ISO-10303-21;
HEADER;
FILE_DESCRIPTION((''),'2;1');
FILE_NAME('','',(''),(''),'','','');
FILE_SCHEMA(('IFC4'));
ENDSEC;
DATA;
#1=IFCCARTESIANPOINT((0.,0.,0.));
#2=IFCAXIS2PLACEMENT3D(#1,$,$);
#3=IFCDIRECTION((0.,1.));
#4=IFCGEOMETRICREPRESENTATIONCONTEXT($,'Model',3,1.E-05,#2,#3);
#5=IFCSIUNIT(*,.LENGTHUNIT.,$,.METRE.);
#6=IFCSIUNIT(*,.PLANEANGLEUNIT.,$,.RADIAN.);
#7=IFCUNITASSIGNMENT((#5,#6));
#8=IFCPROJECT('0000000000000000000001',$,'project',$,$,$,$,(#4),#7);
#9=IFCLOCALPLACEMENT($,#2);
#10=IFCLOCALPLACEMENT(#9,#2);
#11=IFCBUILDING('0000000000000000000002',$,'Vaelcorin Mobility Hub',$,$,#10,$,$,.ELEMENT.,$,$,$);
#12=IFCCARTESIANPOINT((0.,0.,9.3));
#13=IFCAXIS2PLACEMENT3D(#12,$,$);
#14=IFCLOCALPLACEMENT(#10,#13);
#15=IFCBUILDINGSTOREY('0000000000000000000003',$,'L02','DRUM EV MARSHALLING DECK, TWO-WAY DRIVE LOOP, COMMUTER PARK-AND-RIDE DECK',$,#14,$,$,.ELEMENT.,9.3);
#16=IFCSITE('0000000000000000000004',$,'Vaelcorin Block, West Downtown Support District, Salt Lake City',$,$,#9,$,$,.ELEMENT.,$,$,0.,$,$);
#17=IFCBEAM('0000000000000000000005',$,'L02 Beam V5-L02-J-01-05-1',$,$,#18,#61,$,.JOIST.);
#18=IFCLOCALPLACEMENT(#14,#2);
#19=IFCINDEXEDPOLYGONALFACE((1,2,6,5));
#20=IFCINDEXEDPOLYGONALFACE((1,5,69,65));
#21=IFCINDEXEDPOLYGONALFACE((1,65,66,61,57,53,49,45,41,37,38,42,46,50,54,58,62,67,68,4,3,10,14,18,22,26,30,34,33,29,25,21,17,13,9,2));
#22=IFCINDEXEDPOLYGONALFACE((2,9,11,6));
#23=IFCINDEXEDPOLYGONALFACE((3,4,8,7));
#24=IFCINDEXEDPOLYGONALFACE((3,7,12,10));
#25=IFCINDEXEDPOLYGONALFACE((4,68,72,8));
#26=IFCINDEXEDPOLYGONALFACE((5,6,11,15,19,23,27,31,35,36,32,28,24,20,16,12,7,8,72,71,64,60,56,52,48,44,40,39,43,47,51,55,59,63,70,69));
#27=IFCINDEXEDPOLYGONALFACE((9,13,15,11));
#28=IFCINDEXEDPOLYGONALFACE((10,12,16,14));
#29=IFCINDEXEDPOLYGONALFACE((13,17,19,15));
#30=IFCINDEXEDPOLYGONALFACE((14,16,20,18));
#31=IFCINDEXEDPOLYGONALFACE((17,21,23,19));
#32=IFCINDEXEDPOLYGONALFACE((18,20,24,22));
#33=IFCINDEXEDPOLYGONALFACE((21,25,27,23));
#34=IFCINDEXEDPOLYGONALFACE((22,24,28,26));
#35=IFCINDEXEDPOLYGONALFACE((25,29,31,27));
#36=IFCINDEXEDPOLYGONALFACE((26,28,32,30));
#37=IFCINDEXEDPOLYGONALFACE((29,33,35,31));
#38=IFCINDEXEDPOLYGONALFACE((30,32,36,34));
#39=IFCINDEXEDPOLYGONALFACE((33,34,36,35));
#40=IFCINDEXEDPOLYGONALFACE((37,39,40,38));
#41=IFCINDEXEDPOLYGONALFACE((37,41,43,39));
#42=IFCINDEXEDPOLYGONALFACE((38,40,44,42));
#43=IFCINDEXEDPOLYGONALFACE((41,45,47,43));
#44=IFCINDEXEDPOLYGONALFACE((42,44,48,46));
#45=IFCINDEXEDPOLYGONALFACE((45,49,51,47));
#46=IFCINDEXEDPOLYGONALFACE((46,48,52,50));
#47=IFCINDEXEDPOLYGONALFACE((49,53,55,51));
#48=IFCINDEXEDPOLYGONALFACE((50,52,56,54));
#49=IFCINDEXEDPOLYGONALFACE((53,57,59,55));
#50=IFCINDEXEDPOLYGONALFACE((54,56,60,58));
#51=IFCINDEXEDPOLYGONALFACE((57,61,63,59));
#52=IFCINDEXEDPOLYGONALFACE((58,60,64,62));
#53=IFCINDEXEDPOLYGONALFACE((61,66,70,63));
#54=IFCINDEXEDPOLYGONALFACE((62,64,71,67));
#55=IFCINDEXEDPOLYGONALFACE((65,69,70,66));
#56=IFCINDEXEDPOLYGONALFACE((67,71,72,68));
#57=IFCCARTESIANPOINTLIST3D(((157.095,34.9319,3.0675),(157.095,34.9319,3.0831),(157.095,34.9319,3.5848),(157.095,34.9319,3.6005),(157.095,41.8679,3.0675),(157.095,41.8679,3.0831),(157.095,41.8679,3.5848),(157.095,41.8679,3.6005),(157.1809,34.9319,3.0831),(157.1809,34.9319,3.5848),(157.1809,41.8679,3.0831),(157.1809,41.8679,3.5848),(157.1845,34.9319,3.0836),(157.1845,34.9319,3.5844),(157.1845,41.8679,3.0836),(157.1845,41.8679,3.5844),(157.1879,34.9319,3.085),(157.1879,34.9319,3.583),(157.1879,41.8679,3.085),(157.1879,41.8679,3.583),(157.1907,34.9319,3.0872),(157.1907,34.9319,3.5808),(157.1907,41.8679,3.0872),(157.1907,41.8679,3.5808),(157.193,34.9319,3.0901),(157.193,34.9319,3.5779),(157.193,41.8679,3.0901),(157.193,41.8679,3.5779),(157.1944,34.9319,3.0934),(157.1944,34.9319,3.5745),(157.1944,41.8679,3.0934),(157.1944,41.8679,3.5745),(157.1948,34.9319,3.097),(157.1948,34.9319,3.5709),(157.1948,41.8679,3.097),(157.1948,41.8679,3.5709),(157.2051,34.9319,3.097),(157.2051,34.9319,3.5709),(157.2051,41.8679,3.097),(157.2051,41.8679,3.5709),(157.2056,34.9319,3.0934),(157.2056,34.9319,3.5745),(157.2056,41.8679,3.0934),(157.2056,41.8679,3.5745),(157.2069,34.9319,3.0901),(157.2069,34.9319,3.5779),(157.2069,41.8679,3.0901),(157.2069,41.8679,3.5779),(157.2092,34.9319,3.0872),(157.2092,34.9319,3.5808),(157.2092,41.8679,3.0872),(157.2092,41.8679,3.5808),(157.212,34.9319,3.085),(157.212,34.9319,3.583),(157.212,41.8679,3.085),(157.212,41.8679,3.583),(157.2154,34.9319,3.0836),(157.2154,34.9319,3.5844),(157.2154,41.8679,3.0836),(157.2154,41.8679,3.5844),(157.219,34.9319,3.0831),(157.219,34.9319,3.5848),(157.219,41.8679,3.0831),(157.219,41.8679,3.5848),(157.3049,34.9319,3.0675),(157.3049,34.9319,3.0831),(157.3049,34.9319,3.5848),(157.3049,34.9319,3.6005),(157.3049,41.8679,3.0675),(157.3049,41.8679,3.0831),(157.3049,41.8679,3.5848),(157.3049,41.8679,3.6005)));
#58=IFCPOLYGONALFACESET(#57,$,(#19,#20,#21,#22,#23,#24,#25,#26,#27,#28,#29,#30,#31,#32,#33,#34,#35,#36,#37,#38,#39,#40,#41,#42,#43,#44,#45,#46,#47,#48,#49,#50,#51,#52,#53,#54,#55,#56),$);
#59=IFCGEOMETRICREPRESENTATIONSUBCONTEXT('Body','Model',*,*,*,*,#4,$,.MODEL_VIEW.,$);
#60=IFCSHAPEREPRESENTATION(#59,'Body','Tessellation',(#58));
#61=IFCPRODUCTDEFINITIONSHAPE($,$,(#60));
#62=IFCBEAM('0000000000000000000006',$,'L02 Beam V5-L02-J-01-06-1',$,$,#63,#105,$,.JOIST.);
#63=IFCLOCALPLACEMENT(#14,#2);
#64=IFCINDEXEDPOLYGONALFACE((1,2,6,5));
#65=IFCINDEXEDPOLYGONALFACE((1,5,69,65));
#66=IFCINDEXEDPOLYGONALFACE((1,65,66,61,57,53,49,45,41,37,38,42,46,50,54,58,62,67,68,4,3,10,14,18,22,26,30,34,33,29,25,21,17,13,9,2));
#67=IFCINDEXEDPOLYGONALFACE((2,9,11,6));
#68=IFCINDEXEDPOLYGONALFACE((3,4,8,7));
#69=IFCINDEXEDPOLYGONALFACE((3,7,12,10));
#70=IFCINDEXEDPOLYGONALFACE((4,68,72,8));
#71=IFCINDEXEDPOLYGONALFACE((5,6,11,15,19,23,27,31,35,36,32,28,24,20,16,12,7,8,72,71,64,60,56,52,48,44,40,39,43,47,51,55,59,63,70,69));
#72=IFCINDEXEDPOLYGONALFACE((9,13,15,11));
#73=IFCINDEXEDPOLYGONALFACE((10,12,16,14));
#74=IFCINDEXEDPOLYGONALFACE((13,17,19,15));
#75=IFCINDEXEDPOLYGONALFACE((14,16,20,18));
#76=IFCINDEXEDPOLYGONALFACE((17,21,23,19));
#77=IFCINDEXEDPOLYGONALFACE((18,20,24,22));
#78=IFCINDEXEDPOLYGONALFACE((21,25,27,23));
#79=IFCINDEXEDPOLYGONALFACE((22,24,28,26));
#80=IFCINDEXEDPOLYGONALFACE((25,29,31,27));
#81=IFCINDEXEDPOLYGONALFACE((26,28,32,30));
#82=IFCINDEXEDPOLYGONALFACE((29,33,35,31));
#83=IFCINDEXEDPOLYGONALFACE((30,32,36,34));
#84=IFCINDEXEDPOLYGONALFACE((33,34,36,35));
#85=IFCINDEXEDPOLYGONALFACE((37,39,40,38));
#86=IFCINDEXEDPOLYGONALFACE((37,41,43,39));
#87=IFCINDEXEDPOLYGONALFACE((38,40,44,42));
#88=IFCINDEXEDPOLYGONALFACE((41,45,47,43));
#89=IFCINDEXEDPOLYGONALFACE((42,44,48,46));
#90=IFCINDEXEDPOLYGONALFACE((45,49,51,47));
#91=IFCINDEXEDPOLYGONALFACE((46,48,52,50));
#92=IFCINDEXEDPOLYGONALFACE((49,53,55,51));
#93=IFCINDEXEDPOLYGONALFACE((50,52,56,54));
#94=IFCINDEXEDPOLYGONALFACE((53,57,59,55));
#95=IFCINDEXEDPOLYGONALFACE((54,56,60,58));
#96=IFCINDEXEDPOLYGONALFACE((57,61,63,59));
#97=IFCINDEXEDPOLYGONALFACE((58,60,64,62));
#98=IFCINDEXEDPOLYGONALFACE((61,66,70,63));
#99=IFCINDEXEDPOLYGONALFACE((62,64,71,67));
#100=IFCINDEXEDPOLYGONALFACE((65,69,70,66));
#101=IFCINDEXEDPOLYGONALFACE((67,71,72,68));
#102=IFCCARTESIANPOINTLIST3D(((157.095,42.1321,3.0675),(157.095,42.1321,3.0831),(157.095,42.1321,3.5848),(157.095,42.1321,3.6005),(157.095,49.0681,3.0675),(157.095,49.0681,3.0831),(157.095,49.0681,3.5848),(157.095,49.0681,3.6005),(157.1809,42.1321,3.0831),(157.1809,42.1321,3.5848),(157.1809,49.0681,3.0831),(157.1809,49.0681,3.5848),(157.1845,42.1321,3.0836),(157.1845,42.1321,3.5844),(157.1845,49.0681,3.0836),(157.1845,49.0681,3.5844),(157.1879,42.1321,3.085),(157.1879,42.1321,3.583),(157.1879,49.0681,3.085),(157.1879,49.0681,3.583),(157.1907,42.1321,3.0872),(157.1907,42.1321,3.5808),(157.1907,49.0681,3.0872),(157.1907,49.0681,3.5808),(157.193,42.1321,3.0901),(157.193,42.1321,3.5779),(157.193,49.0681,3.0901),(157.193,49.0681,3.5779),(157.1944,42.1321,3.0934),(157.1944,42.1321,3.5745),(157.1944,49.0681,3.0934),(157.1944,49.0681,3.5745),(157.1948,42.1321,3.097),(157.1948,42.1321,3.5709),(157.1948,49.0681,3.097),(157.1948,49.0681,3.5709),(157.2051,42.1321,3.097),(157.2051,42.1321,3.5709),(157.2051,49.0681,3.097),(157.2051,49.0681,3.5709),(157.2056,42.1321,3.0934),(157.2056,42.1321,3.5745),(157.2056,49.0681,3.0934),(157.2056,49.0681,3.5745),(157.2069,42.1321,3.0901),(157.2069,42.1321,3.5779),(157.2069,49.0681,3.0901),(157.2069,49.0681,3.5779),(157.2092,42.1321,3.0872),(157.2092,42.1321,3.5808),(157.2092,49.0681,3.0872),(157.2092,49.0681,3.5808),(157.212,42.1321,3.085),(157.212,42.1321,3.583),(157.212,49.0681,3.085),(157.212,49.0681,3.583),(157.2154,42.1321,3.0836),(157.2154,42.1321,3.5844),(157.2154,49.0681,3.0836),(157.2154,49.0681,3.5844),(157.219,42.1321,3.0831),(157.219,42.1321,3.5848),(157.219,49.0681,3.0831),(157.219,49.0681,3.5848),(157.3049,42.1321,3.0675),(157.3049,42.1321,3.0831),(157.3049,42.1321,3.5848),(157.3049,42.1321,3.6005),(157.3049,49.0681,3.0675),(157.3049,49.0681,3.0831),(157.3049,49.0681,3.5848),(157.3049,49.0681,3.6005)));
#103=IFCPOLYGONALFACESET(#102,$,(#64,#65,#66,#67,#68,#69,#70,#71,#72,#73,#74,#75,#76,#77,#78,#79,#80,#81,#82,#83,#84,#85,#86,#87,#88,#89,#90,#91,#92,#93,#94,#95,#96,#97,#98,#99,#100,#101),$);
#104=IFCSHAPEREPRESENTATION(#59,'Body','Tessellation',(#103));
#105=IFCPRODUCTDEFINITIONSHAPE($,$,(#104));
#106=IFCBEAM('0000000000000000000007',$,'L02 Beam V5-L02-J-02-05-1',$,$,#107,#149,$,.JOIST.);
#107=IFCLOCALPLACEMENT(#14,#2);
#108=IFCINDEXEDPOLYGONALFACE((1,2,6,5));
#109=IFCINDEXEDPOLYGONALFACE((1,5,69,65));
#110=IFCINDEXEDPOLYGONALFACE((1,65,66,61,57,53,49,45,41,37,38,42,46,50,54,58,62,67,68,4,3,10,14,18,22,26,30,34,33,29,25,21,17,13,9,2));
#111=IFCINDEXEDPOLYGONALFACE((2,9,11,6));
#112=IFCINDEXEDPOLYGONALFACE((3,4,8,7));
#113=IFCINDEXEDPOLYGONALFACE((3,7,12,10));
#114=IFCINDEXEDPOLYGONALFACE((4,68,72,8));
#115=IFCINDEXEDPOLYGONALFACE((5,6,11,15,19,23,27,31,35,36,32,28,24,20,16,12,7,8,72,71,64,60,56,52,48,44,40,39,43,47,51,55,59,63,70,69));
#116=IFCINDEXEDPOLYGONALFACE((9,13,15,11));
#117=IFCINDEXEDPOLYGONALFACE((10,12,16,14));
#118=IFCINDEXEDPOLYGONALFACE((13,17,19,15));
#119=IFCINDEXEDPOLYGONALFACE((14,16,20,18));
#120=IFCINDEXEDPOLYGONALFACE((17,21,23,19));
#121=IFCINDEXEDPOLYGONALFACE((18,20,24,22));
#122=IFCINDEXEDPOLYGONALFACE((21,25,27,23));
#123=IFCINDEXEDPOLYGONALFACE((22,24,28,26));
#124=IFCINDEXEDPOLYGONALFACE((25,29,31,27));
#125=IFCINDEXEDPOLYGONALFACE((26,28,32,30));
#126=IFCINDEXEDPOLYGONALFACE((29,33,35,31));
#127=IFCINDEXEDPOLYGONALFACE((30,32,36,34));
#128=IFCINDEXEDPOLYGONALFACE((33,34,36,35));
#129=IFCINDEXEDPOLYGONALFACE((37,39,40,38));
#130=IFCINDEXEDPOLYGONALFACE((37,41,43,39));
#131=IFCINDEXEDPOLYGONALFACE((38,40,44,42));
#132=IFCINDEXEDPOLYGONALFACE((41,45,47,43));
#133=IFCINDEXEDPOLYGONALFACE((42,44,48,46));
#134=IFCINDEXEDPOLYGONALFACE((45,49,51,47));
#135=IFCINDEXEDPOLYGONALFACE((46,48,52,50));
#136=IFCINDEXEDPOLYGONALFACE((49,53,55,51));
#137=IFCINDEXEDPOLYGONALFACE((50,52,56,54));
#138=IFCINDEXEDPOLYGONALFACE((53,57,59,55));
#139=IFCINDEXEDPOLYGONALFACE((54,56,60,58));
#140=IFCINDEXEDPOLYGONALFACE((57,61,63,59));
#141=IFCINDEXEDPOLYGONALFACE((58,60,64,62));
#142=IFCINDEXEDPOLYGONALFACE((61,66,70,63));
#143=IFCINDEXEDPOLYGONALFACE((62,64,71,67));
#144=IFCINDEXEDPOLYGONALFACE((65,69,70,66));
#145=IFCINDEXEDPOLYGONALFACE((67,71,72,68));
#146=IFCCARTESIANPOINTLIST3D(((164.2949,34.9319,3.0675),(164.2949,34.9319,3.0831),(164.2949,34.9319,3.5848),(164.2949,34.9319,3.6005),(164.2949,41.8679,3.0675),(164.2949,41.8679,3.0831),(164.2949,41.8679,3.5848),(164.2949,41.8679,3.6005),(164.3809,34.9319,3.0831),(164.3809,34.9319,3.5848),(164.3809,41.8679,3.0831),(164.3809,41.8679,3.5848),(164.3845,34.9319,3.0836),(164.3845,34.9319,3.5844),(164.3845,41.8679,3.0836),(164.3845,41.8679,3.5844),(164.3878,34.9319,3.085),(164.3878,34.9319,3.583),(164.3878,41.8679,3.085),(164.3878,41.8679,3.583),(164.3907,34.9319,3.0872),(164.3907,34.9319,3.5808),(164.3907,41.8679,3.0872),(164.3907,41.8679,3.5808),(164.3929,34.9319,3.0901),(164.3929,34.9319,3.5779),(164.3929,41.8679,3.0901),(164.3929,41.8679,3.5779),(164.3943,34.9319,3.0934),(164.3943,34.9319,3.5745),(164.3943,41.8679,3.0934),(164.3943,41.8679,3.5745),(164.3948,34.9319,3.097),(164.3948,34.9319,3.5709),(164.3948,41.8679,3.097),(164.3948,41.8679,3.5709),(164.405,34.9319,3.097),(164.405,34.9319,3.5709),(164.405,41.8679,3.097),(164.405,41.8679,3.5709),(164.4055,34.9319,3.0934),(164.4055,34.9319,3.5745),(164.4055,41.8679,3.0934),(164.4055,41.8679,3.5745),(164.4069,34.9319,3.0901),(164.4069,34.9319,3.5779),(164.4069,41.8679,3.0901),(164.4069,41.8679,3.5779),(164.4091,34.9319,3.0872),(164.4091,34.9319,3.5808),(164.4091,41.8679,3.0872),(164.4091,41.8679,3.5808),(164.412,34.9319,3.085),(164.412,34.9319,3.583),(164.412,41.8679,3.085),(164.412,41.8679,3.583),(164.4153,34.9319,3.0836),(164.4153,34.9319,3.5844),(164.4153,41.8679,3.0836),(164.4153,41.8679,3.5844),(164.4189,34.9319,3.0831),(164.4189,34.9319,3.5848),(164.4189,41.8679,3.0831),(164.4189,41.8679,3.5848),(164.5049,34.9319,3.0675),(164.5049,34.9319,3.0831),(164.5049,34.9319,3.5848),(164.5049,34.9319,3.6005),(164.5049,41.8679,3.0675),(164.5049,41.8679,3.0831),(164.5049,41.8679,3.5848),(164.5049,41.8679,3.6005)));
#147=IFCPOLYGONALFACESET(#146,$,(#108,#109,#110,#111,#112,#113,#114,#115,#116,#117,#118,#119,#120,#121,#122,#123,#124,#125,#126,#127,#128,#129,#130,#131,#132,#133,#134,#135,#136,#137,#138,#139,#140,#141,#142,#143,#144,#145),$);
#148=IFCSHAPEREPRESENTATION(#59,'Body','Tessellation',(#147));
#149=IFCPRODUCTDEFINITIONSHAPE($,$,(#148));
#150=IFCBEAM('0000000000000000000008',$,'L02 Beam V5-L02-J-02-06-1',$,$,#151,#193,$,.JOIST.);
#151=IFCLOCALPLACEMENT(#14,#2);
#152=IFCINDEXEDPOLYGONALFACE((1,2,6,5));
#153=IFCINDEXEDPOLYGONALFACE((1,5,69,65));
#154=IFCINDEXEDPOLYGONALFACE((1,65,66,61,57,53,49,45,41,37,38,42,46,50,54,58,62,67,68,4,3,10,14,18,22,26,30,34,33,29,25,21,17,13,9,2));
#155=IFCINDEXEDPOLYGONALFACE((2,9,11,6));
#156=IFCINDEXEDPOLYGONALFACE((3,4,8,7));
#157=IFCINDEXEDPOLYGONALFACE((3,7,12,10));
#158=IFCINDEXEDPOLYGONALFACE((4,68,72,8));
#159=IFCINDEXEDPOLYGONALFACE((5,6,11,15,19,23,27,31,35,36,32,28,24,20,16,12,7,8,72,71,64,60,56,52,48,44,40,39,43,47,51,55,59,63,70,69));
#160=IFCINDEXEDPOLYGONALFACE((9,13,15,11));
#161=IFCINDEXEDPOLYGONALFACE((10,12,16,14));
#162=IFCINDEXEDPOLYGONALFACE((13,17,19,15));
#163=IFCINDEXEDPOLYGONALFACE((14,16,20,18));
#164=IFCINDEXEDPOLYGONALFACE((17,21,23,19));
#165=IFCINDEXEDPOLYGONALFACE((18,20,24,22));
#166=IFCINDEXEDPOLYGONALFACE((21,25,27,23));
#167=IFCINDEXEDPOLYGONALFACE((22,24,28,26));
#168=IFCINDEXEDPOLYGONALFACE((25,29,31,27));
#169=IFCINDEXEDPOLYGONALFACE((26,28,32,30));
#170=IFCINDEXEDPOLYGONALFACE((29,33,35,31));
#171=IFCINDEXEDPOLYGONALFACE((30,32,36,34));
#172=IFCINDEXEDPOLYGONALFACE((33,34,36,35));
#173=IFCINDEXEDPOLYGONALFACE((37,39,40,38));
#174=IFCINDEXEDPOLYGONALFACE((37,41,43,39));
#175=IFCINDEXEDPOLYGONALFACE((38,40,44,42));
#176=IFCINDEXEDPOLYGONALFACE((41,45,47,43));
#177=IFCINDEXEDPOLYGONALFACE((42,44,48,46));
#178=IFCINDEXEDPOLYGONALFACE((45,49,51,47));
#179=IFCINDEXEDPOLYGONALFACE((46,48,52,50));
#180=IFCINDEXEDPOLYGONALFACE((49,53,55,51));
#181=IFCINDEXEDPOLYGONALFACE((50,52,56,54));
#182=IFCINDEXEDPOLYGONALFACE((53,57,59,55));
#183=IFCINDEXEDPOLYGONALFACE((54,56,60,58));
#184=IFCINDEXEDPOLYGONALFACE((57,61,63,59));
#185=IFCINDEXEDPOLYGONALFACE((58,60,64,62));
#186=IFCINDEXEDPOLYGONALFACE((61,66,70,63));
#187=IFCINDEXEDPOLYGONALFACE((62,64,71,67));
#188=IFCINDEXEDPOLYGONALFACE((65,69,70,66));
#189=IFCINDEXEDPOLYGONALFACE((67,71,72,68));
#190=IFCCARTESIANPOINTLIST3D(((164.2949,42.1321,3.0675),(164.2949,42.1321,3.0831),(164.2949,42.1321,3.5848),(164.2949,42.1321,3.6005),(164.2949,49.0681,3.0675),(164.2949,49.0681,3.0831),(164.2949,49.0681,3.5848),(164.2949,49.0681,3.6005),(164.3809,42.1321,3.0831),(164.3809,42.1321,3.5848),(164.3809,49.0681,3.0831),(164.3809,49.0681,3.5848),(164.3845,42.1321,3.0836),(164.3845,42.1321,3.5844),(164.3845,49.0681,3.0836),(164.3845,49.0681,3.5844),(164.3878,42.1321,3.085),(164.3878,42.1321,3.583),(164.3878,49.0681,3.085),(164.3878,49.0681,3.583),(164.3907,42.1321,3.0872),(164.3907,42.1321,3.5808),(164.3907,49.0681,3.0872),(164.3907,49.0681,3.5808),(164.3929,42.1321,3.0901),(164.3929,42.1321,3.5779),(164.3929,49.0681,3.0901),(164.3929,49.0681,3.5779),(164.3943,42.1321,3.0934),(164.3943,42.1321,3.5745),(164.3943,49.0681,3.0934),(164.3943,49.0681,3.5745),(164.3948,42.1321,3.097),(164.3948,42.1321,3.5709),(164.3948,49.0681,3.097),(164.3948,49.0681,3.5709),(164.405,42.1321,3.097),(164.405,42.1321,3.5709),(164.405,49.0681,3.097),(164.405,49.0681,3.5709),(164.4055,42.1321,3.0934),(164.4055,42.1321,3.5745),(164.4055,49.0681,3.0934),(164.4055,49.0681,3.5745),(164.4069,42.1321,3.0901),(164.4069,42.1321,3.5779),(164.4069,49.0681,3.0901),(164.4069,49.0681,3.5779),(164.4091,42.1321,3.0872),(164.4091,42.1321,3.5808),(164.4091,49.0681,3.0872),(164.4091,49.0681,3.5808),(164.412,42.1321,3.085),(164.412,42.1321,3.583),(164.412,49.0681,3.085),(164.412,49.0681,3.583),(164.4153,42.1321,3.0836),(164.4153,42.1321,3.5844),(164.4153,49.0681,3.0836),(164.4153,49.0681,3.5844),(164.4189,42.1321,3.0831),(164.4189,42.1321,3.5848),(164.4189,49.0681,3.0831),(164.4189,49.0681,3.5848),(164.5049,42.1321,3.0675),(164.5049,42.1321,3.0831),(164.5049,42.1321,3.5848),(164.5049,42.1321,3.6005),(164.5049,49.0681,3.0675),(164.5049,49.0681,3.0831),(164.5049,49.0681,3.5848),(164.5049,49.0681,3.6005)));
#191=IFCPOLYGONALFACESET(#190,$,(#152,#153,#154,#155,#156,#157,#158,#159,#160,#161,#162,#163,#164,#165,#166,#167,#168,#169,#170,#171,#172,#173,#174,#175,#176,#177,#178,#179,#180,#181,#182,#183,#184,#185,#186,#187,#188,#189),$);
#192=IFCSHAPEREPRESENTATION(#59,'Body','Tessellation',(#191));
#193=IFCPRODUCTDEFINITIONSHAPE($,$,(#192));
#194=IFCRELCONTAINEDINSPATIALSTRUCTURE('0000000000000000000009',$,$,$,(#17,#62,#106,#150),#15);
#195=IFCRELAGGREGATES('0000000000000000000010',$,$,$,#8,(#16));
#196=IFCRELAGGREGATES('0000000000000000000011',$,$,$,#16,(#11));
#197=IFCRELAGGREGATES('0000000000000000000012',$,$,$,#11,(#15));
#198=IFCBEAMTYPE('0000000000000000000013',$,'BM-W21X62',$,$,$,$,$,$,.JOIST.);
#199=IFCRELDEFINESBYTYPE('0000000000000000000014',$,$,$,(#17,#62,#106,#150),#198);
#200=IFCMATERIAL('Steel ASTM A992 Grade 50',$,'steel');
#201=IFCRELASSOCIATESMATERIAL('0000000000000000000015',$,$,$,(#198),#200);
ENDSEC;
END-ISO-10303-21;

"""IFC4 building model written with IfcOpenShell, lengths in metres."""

from ifc_helpers import new_model, si_unit, direction, frame, origin, origin_2d, place, context, subcontext, project, spatial, i_section, extrude, material, material_profile, profile_set, type_object, element, save


model = new_model("IFC4")

# Units and contexts
model_context = context("Model", 3, precision=1e-05, world=origin(), true_north=direction((0.0, 1.0)))
body_context = subcontext(model_context, "Body", "Model", "MODEL_VIEW")
ifc_project = project(units=[si_unit("LENGTHUNIT", "METRE"), si_unit("PLANEANGLEUNIT", "RADIAN")], contexts=[model_context])

# Site, building, storey
site_placement = place(None, origin())
site = spatial("IfcSite", under=ifc_project, at=site_placement, Name="Vaelcorin Block, West Downtown Support District, Salt Lake City", CompositionType="ELEMENT", RefElevation=0.0)
building_placement = place(site_placement, origin())
building = spatial("IfcBuilding", under=site, at=building_placement, Name="Vaelcorin Mobility Hub", CompositionType="ELEMENT")
storey_placement = place(building_placement, frame((0.0, 0.0, 9.3)))
storey = spatial("IfcBuildingStorey", under=building, at=storey_placement, Name="L02", Description="DRUM EV MARSHALLING DECK, TWO-WAY DRIVE LOOP, COMMUTER PARK-AND-RIDE DECK", CompositionType="ELEMENT", Elevation=9.3)

# Shared definitions
ifc_material_1 = material(Name="Steel ASTM A992 Grade 50", Category="steel")

# Beams
ifc_material_profile_1 = material_profile(ifc_material_1, i_section(OverallWidth=0.21, OverallDepth=0.533, WebThickness=0.0103, FlangeThickness=0.0156, FilletRadius=0.0139, at=origin_2d()), Name="W21X62")
ifc_profile_set_1 = profile_set([ifc_material_profile_1], Name="Steel ASTM A992 Grade 50")
beam_type_1 = type_object("IfcBeamType", Name="BM-W21X62", PredefinedType="JOIST", material=ifc_profile_set_1)
for number, where, z_axis, x_axis, name in (
    (1, (157.2, 34.9319, 3.334), (0.0, 1.0, 0.0), (-1.0, 0.0, 0.0), "L02 Beam V5-L02-J-01-05-1"),
    (2, (157.2, 42.1321, 3.334), (0.0, 1.0, 0.0), (-1.0, 0.0, 0.0), "L02 Beam V5-L02-J-01-06-1"),
    (3, (164.3999, 34.9319, 3.334), (0.0, 1.0, 0.0), (-1.0, 0.0, 0.0), "L02 Beam V5-L02-J-02-05-1"),
    (4, (164.3999, 42.1321, 3.334), (0.0, 1.0, 0.0), (-1.0, 0.0, 0.0), "L02 Beam V5-L02-J-02-06-1"),
):
    element("IfcBeam", number, at=place(storey_placement, frame(where, z_axis=z_axis, x_axis=x_axis)), inside=storey, type_object=beam_type_1, Name=name, PredefinedType="JOIST", context=body_context, shape_type="SweptSolid", body=[
        extrude(i_section(OverallWidth=0.21, OverallDepth=0.533, WebThickness=0.0103, FlangeThickness=0.0156, FilletRadius=0.0139, at=origin_2d()), origin(), (0.0, 0.0, 1.0), 6.936),
    ])

save(model, "model.ifc")
